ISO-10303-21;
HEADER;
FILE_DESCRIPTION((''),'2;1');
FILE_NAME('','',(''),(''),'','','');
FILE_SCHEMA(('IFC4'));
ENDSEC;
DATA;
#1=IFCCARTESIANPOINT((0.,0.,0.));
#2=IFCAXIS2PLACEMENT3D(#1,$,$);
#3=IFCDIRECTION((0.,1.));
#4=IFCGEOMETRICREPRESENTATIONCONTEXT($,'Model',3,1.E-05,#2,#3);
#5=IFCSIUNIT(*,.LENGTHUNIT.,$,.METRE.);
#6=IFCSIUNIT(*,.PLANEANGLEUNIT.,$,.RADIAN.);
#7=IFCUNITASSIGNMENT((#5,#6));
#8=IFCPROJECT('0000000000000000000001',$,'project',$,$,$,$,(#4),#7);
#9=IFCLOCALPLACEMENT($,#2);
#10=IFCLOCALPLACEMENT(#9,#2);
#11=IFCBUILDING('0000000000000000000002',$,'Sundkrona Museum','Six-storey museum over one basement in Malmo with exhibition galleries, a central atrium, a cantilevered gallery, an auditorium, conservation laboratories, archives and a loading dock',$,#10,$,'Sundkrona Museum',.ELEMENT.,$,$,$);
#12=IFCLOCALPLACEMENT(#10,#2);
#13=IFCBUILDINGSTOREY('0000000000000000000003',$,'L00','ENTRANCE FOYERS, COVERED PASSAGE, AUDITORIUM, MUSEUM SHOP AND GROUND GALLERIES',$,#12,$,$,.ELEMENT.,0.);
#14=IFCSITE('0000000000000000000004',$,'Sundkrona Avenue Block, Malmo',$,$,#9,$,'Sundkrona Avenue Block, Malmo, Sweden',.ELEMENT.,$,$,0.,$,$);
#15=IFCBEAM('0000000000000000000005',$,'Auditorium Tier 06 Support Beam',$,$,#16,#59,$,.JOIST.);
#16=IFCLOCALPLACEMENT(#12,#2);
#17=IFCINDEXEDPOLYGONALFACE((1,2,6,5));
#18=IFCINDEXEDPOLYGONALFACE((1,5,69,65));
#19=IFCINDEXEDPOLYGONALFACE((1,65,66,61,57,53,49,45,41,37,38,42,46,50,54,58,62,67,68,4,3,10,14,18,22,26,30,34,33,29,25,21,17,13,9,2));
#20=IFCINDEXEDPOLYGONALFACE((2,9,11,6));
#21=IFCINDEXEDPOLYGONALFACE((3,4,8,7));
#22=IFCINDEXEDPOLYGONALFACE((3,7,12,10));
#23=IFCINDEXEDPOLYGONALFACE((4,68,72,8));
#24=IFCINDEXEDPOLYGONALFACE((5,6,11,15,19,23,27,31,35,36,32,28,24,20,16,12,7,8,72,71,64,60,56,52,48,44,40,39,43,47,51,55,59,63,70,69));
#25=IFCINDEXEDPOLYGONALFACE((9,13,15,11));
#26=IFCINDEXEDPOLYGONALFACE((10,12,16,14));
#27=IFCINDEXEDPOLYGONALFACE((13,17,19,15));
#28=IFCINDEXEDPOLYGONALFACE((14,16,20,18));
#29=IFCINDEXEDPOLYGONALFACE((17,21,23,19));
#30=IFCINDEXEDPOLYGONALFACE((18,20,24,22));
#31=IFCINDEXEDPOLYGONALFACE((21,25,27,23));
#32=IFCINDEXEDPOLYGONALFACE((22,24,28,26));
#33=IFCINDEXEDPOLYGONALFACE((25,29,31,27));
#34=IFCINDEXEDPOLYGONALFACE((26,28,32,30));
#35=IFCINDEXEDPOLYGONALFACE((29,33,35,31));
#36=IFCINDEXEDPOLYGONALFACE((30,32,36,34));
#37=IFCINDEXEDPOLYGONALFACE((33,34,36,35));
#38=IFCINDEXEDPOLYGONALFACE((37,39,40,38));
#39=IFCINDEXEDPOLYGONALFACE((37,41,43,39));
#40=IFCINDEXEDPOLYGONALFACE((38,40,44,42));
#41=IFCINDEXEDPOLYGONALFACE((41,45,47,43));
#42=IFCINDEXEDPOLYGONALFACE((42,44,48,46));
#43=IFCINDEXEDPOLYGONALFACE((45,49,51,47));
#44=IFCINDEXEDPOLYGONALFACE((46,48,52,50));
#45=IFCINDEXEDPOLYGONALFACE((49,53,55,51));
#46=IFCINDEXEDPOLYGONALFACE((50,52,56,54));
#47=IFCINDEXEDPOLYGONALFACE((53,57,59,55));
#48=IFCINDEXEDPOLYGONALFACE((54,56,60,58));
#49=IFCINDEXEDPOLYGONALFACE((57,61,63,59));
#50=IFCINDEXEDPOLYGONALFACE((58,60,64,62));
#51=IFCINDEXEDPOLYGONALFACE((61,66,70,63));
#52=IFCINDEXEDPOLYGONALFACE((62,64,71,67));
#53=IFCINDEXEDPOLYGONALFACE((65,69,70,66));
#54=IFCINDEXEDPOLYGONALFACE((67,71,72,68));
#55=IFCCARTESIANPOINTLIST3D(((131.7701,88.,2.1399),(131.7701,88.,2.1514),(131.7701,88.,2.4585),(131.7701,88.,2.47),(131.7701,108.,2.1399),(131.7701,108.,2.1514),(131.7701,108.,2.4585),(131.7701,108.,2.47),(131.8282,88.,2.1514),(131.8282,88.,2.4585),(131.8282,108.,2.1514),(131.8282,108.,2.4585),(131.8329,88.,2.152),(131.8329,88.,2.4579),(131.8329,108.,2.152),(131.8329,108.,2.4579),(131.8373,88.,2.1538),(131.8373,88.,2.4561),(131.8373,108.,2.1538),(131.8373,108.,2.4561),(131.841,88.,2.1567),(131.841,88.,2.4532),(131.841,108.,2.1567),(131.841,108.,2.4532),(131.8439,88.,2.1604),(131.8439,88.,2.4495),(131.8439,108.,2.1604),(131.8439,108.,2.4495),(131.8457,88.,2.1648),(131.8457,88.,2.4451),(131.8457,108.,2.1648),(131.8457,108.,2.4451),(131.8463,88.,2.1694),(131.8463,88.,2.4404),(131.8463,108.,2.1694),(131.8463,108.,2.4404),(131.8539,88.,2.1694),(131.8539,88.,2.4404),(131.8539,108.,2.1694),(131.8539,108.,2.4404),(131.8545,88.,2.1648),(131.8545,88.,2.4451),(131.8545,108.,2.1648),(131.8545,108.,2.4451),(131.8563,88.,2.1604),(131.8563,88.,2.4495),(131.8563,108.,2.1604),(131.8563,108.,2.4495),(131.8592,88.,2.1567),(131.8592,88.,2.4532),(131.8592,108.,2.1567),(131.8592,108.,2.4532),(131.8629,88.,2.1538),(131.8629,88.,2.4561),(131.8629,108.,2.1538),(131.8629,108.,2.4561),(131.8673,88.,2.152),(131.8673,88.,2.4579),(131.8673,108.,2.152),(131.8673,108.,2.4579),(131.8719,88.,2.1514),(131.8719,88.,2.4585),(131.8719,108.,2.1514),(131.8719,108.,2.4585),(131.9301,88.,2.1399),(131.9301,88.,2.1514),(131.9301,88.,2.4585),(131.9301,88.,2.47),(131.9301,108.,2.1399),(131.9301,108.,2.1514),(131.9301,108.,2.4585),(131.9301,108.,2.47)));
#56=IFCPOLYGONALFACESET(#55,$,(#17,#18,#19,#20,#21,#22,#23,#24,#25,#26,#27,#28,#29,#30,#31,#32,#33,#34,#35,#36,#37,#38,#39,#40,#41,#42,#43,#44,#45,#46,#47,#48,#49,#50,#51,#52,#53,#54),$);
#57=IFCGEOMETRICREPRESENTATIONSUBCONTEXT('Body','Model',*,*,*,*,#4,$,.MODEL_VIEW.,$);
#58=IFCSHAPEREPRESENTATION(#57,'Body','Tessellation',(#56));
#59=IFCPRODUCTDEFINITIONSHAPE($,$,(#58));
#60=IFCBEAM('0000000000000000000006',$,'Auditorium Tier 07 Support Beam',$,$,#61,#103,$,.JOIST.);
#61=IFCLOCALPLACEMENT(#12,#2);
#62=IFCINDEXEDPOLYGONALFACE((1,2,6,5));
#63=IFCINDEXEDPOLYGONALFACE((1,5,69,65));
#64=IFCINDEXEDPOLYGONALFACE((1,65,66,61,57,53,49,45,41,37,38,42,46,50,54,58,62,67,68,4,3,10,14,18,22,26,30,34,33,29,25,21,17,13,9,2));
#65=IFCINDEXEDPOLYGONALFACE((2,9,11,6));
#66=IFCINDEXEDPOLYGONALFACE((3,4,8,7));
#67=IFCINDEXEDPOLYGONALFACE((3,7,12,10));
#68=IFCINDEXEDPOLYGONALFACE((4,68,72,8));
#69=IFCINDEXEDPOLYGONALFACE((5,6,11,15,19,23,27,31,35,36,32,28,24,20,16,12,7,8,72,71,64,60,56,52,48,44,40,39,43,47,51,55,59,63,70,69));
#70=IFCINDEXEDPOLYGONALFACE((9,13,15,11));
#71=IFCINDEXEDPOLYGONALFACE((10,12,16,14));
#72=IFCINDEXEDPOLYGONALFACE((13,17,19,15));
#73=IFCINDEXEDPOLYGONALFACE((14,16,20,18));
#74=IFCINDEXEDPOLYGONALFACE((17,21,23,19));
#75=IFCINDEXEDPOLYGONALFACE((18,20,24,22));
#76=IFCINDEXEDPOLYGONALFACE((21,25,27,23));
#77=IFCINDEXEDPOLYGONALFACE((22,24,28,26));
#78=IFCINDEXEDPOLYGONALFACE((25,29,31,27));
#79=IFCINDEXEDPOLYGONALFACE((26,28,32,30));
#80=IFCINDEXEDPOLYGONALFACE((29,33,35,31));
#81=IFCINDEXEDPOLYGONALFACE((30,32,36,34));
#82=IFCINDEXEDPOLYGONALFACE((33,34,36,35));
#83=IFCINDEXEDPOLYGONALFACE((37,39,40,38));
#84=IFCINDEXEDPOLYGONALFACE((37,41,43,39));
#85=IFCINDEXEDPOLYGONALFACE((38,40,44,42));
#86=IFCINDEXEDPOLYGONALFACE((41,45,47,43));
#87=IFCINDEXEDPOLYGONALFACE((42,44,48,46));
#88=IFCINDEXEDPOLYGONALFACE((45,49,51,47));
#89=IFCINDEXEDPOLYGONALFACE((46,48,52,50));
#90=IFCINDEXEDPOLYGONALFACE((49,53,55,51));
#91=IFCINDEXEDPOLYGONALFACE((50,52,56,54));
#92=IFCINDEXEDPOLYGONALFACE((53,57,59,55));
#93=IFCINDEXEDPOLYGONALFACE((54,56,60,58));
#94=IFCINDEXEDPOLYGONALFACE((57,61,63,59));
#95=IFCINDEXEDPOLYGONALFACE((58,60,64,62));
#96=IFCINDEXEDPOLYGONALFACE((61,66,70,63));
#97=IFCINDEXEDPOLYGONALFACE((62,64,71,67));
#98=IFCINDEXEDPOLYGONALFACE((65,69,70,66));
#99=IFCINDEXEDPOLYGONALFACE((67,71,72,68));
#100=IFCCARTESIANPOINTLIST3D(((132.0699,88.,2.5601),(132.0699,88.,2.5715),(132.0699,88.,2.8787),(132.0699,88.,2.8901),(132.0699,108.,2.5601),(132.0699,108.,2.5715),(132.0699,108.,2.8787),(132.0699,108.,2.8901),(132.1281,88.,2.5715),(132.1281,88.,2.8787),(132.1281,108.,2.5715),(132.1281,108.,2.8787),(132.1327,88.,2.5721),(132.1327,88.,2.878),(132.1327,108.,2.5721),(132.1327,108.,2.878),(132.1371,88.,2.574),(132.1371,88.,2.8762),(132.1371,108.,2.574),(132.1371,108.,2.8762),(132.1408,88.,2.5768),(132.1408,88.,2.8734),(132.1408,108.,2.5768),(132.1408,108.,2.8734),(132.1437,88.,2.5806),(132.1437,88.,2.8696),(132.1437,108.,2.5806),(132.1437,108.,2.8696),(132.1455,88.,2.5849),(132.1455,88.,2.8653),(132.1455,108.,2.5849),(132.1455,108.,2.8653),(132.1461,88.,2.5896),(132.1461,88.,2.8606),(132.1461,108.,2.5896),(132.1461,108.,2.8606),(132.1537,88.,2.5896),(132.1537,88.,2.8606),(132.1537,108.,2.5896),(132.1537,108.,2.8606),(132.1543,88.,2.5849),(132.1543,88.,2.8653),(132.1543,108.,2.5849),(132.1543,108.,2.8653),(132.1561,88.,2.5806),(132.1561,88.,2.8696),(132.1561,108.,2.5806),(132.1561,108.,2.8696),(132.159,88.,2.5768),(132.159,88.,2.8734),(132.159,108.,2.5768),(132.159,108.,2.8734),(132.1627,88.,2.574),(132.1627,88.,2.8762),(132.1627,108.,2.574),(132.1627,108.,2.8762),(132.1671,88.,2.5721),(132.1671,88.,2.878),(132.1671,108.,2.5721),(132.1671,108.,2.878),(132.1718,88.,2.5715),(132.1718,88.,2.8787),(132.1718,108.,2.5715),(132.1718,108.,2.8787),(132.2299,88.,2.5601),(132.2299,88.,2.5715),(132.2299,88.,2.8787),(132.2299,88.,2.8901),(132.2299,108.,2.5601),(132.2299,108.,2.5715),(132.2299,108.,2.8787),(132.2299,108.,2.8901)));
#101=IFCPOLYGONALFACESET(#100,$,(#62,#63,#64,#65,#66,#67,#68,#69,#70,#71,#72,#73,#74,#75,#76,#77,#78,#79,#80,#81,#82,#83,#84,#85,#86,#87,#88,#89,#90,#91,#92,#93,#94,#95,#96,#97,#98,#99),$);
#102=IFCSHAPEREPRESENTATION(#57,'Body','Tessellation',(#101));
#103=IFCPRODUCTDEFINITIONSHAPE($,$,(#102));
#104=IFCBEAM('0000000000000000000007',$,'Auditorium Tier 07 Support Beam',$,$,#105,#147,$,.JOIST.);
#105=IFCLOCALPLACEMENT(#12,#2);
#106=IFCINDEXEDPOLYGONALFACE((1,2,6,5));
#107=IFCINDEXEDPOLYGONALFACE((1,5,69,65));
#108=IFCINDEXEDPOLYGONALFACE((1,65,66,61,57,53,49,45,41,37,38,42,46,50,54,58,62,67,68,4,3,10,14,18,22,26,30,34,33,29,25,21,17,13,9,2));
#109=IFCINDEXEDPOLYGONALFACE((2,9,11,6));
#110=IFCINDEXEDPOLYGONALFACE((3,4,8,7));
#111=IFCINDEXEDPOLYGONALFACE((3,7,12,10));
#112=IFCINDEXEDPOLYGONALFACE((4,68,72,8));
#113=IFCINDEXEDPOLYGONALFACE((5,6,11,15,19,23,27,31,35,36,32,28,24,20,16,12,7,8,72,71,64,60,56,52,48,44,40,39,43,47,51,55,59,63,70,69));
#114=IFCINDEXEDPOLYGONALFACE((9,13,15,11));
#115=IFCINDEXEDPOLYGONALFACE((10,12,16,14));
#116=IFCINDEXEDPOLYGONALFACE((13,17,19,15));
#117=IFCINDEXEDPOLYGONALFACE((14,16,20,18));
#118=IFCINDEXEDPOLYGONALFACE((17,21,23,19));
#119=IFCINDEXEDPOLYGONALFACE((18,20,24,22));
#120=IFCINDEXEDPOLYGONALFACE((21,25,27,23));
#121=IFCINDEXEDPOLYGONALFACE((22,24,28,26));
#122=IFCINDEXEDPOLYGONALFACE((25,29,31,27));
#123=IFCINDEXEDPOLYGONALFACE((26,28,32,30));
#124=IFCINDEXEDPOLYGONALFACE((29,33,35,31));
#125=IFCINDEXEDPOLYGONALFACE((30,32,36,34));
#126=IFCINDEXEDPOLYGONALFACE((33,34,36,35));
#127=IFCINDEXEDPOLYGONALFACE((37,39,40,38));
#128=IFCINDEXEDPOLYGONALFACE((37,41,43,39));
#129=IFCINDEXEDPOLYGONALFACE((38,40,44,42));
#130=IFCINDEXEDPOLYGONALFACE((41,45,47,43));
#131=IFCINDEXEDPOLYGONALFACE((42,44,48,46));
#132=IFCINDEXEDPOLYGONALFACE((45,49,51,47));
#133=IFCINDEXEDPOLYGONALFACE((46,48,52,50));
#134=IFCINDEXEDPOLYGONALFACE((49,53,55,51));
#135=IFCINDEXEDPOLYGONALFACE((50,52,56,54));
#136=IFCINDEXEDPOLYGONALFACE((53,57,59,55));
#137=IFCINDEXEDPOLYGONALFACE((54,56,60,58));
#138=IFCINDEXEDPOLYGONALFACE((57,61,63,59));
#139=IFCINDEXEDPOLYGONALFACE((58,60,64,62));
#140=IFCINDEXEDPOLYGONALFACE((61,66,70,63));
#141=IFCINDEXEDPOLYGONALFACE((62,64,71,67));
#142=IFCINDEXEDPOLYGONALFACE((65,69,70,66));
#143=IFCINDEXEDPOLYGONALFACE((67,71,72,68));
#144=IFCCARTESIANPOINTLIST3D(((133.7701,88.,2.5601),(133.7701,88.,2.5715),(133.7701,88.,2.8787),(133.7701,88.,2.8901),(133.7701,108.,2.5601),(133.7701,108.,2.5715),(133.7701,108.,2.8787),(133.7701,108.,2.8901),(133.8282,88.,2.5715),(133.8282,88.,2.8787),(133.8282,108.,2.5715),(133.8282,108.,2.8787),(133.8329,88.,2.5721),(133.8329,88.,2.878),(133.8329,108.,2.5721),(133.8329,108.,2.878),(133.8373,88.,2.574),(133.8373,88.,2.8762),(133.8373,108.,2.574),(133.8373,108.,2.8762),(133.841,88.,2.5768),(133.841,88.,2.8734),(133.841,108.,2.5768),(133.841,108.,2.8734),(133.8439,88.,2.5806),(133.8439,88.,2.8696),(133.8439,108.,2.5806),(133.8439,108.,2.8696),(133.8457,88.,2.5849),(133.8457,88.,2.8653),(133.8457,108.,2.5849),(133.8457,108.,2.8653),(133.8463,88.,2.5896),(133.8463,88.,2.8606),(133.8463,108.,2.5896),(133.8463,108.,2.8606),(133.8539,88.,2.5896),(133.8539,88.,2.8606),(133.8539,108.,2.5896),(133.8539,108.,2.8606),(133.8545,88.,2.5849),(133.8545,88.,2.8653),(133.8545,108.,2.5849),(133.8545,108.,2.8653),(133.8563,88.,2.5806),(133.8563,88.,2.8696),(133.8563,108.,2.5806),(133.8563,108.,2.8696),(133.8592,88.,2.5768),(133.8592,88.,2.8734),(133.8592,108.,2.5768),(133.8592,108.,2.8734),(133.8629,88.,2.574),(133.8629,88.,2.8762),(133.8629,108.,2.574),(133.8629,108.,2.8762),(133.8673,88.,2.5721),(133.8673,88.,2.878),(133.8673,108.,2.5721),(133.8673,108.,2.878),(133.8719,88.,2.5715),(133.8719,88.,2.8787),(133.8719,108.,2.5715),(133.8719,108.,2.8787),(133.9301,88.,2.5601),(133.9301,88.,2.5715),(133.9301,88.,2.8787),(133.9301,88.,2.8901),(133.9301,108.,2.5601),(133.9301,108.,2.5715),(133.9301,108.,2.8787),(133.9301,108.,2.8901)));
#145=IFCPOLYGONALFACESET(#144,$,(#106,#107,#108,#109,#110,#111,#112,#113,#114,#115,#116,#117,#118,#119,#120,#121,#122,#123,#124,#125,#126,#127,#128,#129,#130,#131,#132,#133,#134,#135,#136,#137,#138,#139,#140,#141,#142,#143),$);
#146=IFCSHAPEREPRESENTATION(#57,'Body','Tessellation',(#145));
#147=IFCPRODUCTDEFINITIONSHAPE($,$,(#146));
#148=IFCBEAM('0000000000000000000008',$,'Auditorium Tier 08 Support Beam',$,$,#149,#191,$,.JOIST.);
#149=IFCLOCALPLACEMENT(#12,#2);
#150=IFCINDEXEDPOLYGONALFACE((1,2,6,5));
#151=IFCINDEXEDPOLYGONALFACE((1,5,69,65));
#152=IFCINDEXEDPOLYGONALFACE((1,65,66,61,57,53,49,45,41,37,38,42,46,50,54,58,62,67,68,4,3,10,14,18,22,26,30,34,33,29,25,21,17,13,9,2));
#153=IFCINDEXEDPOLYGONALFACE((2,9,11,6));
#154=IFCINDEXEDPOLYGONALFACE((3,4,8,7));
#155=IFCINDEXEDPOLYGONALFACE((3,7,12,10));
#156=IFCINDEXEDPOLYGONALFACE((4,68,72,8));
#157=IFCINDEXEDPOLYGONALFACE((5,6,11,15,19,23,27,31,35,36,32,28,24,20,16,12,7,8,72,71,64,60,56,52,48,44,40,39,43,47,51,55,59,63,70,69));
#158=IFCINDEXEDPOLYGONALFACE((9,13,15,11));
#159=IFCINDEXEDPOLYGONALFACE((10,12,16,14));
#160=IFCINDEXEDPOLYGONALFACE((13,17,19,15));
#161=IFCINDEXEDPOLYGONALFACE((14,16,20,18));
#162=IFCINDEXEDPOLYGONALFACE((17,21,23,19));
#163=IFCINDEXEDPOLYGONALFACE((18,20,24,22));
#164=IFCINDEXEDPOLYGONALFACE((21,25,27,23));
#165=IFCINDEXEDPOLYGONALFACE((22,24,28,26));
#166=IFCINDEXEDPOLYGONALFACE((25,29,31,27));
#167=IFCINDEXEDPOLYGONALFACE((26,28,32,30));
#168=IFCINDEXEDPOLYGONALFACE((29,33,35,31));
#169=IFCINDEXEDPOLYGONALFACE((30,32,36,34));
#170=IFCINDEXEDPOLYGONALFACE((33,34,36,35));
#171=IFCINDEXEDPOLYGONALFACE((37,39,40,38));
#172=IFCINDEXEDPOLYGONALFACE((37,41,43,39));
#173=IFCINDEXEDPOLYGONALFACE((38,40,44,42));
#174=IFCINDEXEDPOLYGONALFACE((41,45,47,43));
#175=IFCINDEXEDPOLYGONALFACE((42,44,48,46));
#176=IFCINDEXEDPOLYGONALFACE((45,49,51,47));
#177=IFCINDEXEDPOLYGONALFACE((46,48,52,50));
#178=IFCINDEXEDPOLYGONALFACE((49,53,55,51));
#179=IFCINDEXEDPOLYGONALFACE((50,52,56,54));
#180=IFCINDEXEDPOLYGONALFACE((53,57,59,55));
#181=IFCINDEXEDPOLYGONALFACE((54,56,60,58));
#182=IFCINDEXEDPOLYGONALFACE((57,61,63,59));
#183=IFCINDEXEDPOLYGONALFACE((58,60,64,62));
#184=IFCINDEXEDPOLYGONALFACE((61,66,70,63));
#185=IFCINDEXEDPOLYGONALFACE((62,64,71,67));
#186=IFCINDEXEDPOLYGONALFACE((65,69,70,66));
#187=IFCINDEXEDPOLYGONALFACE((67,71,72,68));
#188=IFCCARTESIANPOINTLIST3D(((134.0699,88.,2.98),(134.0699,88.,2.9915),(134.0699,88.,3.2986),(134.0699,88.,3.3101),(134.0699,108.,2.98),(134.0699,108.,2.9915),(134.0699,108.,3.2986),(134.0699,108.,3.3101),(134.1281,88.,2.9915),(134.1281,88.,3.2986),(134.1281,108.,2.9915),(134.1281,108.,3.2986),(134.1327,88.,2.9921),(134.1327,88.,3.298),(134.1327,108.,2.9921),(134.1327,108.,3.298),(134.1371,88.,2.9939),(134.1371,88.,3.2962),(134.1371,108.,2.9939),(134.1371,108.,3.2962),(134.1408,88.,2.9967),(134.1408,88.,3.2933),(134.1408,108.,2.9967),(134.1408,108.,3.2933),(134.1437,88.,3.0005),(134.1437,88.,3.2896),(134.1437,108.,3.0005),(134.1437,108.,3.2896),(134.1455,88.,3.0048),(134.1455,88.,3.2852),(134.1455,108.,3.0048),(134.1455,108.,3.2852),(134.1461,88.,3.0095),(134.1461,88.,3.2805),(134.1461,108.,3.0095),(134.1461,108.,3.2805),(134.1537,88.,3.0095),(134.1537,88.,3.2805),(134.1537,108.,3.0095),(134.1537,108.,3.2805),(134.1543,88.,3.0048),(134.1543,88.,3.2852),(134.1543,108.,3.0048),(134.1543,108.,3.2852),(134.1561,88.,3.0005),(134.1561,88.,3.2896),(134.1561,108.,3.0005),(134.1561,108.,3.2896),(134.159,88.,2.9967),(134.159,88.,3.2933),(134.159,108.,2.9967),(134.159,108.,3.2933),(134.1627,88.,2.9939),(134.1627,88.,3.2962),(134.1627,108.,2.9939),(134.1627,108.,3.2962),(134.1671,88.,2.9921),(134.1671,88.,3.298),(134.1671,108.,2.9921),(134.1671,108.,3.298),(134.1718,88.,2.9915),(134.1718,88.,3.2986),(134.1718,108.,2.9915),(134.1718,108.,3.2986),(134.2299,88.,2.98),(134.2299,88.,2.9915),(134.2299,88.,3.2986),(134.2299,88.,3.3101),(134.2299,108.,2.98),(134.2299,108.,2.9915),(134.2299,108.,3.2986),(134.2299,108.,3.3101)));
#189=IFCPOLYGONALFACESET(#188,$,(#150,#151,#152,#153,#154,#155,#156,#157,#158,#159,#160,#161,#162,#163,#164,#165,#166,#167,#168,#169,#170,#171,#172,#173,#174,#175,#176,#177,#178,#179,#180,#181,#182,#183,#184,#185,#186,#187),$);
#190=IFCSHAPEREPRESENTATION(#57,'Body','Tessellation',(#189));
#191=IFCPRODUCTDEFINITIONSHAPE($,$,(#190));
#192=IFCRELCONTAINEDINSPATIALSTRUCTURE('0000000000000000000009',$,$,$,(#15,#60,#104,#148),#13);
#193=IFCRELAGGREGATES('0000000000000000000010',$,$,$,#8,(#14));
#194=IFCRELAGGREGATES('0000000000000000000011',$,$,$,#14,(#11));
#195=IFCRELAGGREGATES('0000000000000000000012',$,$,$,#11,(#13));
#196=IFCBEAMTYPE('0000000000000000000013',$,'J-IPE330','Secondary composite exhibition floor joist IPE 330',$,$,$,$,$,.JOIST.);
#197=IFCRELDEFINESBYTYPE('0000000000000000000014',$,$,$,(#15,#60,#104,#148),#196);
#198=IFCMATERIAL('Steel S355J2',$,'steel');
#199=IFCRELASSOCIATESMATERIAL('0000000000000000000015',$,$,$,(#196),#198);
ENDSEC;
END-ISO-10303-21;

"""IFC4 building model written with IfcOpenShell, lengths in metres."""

from ifc_helpers import new_model, si_unit, direction, frame, origin, origin_2d, place, context, subcontext, project, spatial, i_section, extrude, material, material_profile, profile_set, type_object, element, save


model = new_model("IFC4")

# Units and contexts
model_context = context("Model", 3, precision=1e-05, world=origin(), true_north=direction((0.0, 1.0)))
body_context = subcontext(model_context, "Body", "Model", "MODEL_VIEW")
ifc_project = project(units=[si_unit("LENGTHUNIT", "METRE"), si_unit("PLANEANGLEUNIT", "RADIAN")], contexts=[model_context])

# Site, building, storey
site_placement = place(None, origin())
site = spatial("IfcSite", under=ifc_project, at=site_placement, Name="Sundkrona Avenue Block, Malmo", LongName="Sundkrona Avenue Block, Malmo, Sweden", CompositionType="ELEMENT", RefElevation=0.0)
building_placement = place(site_placement, origin())
building = spatial("IfcBuilding", under=site, at=building_placement, Name="Sundkrona Museum", Description="Six-storey museum over one basement in Malmo with exhibition galleries, a central atrium, a cantilevered gallery, an auditorium, conservation laboratories, archives and a loading dock", LongName="Sundkrona Museum", CompositionType="ELEMENT")
storey_placement = place(building_placement, origin())
storey = spatial("IfcBuildingStorey", under=building, at=storey_placement, Name="L00", Description="ENTRANCE FOYERS, COVERED PASSAGE, AUDITORIUM, MUSEUM SHOP AND GROUND GALLERIES", CompositionType="ELEMENT", Elevation=0.0)

# Shared definitions
ifc_material_1 = material(Name="Steel S355J2", Category="steel")

# Beams
ifc_material_profile_1 = material_profile(ifc_material_1, i_section(OverallWidth=0.1599, OverallDepth=0.3301, WebThickness=0.0076, FlangeThickness=0.0115, FilletRadius=0.0181, at=origin_2d()), Name="IPE 330")
ifc_profile_set_1 = profile_set([ifc_material_profile_1], Name="Steel S355J2")
beam_type_1 = type_object("IfcBeamType", Name="J-IPE330", Description="Secondary composite exhibition floor joist IPE 330", PredefinedType="JOIST", material=ifc_profile_set_1)
for number, where, z_axis, x_axis, name in (
    (1, (131.8501, 88.0, 2.3049), (0.0, 1.0, 0.0), (-1.0, 0.0, 0.0), "Auditorium Tier 06 Support Beam"),
    (2, (132.1499, 88.0, 2.7251), (0.0, 1.0, 0.0), (-1.0, 0.0, 0.0), "Auditorium Tier 07 Support Beam"),
    (3, (133.8501, 88.0, 2.7251), (0.0, 1.0, 0.0), (-1.0, 0.0, 0.0), "Auditorium Tier 07 Support Beam"),
    (4, (134.1499, 88.0, 3.145), (0.0, 1.0, 0.0), (-1.0, 0.0, 0.0), "Auditorium Tier 08 Support Beam"),
):
    element("IfcBeam", number, at=place(storey_placement, frame(where, z_axis=z_axis, x_axis=x_axis)), inside=storey, type_object=beam_type_1, Name=name, PredefinedType="JOIST", context=body_context, shape_type="SweptSolid", body=[
        extrude(i_section(OverallWidth=0.1599, OverallDepth=0.3301, WebThickness=0.0076, FlangeThickness=0.0115, FilletRadius=0.0181, at=origin_2d()), origin(), (0.0, 0.0, 1.0), 20.0),
    ])

save(model, "model.ifc")
